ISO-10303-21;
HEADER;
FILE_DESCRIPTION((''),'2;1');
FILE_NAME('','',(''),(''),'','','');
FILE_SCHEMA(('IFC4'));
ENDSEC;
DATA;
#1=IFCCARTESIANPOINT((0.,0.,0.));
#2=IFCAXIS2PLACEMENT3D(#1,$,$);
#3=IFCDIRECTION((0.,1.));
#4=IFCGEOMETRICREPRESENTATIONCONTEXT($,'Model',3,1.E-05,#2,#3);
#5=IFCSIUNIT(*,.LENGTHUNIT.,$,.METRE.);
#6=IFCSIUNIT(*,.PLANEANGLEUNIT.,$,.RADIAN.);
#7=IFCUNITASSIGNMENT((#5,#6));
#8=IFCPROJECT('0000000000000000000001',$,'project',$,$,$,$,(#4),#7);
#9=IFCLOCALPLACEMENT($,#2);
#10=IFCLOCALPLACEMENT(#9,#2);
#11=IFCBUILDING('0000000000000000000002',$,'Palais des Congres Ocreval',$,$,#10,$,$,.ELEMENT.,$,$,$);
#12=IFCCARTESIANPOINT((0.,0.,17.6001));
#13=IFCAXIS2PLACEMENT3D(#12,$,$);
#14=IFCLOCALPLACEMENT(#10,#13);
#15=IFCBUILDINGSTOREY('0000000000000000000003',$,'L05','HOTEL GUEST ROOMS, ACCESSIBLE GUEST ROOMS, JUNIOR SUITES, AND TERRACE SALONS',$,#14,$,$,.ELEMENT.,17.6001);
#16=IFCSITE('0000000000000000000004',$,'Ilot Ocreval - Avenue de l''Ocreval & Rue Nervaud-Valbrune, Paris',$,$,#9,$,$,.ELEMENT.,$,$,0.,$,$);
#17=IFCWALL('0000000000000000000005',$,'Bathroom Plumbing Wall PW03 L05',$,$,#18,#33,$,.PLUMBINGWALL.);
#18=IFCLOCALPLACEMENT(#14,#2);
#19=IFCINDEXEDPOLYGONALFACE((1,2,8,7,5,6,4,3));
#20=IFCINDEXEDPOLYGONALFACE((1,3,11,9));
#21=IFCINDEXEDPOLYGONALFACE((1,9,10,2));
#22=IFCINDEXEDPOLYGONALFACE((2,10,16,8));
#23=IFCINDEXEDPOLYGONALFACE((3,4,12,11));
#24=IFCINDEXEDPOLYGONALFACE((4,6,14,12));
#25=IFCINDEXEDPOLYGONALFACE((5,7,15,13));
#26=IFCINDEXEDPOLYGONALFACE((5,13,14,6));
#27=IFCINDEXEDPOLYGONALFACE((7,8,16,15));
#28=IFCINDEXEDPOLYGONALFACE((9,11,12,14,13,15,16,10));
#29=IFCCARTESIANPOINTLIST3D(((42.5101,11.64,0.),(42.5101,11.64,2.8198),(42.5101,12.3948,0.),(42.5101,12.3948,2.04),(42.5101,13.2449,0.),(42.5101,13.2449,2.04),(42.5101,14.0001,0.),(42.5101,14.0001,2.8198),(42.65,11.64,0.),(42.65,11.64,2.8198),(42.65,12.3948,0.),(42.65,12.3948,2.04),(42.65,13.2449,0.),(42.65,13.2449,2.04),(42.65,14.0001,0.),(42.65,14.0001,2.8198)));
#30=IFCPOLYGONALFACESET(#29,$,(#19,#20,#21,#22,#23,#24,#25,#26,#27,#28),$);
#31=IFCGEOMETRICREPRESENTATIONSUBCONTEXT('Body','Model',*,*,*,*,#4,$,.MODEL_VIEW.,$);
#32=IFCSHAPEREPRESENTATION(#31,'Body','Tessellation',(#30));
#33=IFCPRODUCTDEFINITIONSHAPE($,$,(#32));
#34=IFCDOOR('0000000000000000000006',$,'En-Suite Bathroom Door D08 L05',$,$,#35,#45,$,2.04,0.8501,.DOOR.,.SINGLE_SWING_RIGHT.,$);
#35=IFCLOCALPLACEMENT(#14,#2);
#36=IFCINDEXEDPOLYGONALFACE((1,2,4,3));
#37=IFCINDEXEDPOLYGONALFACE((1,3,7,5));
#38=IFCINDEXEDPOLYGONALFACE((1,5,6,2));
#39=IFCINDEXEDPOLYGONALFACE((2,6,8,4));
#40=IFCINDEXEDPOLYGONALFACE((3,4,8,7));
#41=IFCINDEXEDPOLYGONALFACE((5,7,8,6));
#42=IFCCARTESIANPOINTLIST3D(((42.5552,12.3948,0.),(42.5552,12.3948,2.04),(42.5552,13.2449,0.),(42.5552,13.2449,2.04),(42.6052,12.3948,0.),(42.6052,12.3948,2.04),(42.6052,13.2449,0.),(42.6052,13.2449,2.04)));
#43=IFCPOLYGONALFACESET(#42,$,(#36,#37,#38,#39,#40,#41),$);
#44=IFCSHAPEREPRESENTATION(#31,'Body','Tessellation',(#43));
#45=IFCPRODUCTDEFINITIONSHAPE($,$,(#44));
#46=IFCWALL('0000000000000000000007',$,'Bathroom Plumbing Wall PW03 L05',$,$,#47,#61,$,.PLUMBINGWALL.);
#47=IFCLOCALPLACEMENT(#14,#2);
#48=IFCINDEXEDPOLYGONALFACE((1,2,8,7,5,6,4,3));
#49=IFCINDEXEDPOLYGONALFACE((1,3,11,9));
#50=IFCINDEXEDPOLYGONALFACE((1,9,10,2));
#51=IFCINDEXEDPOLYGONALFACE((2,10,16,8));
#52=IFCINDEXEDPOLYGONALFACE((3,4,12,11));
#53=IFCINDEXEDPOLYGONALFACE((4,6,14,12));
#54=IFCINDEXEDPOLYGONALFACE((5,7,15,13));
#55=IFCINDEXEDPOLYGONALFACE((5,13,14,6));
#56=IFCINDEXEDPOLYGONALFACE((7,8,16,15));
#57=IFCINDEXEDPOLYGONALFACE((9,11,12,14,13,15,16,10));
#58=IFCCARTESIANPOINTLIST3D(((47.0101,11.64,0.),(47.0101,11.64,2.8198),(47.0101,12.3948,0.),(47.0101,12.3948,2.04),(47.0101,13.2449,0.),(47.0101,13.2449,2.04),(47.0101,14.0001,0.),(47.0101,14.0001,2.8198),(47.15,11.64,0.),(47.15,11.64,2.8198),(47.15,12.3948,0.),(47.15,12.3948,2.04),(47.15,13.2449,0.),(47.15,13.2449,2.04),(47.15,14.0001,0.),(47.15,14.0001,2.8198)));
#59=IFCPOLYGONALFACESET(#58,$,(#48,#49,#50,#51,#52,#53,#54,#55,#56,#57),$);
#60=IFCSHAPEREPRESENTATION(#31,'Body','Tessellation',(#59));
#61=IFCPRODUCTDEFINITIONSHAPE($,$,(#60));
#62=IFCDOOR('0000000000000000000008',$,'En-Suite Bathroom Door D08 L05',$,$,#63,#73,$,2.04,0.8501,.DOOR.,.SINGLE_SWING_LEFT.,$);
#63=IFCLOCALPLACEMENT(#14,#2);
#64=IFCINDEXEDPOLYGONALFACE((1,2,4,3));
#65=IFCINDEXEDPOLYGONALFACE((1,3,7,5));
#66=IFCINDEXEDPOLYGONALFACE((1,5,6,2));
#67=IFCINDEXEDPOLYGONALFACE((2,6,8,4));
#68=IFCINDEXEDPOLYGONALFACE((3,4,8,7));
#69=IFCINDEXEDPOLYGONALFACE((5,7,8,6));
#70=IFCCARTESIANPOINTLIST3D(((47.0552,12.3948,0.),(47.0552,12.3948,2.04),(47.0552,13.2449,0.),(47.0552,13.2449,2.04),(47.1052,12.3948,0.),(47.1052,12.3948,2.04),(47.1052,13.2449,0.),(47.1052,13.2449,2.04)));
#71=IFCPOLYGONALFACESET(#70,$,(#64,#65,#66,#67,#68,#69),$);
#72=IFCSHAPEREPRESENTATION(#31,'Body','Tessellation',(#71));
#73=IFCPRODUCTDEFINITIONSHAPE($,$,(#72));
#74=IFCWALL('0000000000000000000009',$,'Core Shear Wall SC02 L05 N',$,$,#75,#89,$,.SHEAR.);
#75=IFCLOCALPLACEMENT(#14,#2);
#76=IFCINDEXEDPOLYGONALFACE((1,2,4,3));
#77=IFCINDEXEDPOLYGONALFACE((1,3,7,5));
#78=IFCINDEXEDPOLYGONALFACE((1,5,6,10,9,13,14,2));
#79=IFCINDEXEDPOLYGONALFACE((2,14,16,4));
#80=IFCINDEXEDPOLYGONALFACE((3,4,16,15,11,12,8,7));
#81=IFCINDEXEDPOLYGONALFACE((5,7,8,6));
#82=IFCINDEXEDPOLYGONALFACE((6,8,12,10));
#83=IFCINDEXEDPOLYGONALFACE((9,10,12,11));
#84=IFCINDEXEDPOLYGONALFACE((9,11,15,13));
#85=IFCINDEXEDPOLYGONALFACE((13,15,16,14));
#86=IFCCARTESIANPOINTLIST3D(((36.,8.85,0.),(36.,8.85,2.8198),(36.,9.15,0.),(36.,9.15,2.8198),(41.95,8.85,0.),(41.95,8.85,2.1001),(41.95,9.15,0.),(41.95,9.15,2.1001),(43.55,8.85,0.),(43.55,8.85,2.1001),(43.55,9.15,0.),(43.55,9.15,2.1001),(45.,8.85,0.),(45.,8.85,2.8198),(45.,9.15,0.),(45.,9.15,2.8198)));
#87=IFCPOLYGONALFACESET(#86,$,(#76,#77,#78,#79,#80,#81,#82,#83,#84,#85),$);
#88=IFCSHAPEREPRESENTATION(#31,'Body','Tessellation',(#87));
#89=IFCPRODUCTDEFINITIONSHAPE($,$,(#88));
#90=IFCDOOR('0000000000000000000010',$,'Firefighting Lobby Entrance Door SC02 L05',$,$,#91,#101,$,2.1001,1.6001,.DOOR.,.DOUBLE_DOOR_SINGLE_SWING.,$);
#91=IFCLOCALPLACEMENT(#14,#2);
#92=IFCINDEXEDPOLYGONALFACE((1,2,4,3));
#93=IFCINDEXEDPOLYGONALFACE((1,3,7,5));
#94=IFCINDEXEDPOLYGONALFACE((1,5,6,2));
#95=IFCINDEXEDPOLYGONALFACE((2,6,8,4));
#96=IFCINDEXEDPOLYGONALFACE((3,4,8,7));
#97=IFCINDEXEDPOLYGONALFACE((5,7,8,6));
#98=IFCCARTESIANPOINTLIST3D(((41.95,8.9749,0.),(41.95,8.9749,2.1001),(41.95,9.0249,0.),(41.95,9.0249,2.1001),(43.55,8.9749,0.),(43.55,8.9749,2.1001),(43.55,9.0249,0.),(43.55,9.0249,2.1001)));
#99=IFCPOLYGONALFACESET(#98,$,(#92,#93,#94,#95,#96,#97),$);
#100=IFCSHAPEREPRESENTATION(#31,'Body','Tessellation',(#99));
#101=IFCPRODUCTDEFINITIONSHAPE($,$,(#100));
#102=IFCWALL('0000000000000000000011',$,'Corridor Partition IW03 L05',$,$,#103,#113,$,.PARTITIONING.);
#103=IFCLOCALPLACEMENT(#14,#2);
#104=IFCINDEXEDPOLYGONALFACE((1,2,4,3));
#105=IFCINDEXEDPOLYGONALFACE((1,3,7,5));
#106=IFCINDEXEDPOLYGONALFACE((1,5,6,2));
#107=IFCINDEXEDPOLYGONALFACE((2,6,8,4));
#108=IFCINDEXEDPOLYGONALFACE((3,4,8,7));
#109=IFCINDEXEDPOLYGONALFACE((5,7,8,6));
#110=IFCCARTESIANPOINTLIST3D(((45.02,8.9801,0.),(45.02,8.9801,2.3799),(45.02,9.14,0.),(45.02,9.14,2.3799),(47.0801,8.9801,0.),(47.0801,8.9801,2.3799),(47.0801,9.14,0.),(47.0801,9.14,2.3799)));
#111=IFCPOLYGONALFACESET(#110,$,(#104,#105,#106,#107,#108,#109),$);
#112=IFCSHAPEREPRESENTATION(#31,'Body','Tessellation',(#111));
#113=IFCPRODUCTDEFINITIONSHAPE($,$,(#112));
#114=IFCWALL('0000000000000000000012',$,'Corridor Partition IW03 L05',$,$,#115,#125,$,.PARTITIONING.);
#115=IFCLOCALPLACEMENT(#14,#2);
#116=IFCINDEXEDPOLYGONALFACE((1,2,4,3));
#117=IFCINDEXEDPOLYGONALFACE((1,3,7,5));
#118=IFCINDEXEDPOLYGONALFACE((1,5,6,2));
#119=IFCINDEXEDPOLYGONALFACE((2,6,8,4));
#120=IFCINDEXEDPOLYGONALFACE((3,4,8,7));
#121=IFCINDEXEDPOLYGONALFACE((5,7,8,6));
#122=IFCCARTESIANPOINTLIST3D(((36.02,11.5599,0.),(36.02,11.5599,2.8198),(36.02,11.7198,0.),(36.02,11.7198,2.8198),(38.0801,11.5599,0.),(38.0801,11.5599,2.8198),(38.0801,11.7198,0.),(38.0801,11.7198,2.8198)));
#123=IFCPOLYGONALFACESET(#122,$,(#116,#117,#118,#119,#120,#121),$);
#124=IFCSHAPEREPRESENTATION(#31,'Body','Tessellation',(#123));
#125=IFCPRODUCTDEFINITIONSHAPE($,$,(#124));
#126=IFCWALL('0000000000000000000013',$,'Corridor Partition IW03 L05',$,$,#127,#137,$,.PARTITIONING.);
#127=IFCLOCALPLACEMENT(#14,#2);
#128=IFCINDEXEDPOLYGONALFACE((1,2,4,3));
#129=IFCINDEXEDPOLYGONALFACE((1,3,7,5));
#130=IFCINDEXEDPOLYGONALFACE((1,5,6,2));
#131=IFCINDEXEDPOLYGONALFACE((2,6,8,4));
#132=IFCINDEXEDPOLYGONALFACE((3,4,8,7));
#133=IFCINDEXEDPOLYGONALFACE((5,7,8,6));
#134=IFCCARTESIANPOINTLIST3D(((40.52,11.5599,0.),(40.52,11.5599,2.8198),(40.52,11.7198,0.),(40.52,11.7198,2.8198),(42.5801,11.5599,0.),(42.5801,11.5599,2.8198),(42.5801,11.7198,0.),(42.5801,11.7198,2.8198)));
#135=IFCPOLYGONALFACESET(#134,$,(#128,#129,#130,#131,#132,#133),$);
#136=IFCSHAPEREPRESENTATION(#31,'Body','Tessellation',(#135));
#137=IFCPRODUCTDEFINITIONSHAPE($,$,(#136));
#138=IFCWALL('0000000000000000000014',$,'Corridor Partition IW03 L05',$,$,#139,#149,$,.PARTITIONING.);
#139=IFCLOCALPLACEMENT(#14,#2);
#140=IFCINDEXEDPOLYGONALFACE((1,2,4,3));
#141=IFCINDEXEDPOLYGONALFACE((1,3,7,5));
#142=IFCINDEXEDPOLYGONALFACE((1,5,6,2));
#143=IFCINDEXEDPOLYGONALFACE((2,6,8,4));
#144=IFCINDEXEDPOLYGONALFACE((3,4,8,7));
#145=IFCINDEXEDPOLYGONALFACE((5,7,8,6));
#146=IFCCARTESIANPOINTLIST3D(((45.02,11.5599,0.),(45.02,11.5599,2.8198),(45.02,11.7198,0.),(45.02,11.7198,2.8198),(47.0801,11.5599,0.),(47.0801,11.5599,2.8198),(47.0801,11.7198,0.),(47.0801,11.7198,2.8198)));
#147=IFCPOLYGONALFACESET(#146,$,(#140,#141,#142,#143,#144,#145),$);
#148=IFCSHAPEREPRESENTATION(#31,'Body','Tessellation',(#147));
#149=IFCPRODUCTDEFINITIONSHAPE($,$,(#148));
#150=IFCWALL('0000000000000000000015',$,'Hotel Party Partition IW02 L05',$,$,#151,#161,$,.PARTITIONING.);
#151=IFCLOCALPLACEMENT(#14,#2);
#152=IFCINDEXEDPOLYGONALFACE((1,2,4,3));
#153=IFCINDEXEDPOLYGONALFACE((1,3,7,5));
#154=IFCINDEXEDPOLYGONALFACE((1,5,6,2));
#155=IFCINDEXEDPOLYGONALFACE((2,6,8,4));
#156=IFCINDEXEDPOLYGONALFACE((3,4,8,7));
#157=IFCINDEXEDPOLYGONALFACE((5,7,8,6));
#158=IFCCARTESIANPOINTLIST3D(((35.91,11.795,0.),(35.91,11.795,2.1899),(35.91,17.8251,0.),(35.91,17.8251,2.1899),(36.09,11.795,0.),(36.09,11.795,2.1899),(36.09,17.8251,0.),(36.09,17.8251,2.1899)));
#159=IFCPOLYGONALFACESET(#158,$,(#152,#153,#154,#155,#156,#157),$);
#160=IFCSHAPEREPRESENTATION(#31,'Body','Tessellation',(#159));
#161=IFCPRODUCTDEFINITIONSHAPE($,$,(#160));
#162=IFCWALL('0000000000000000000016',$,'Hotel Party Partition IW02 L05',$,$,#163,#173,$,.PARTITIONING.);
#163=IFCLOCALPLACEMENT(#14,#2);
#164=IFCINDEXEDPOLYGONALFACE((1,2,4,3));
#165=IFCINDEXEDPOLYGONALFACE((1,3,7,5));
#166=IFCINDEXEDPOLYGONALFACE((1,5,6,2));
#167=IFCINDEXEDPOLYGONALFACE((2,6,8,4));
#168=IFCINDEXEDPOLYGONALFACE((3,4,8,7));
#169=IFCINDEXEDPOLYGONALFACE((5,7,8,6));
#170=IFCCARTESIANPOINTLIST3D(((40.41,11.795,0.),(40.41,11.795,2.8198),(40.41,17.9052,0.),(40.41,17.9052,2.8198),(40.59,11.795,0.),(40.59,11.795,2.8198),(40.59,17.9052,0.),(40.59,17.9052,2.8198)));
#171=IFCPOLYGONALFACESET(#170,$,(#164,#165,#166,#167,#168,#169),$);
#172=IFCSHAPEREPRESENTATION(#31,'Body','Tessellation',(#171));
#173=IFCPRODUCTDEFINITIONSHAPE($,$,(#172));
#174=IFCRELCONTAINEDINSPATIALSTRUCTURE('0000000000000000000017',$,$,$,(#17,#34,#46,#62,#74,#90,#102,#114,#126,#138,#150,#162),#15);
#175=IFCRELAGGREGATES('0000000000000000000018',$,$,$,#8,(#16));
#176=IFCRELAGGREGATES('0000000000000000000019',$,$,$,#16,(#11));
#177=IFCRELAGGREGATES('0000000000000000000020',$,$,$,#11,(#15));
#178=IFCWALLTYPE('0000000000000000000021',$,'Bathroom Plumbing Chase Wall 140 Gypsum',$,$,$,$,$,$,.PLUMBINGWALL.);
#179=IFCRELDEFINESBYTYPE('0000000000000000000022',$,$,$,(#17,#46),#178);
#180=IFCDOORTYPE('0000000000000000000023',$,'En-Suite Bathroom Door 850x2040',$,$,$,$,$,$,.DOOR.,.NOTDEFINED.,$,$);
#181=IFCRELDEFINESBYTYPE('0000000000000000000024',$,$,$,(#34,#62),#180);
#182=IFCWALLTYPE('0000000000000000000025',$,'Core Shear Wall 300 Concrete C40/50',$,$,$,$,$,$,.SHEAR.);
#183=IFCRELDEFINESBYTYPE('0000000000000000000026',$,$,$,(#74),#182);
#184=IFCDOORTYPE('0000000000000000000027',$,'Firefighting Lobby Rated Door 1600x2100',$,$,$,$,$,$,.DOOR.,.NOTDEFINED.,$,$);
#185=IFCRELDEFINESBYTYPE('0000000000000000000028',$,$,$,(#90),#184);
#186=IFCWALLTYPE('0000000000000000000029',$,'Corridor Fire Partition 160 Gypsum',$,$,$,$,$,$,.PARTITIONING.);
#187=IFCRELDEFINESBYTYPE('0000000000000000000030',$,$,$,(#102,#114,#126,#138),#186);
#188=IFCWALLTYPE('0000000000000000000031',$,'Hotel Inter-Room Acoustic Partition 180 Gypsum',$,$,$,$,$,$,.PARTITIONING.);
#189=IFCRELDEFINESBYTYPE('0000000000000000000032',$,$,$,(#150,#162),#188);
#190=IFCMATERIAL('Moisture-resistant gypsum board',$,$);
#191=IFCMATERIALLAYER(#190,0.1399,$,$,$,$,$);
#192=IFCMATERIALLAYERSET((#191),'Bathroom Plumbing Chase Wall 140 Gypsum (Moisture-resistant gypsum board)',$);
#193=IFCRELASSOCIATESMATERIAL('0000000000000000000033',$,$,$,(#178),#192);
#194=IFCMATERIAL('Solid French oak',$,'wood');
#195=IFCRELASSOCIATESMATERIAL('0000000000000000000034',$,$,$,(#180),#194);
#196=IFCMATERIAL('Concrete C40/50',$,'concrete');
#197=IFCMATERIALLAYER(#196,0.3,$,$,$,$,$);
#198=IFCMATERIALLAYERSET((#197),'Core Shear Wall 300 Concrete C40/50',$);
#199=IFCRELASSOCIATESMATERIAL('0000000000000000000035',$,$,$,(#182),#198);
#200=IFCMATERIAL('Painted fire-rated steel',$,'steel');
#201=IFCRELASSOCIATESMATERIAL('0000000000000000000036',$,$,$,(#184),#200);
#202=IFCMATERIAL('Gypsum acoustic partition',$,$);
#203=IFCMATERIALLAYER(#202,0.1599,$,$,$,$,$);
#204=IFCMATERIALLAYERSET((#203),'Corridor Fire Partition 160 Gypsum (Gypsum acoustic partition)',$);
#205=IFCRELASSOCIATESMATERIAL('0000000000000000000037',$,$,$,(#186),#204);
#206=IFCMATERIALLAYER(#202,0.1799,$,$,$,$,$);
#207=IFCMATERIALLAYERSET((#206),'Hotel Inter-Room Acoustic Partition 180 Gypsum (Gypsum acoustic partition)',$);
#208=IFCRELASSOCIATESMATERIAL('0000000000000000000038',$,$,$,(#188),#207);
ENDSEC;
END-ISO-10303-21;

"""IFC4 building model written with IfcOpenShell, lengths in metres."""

from ifc_helpers import new_model, si_unit, direction, frame, frame_2d, origin, place, context, subcontext, project, spatial, rectangle, extrude, material, layer, layer_set, type_object, element, fill, save


model = new_model("IFC4")

# Units and contexts
model_context = context("Model", 3, precision=1e-05, world=origin(), true_north=direction((0.0, 1.0)))
body_context = subcontext(model_context, "Body", "Model", "MODEL_VIEW")
ifc_project = project(units=[si_unit("LENGTHUNIT", "METRE"), si_unit("PLANEANGLEUNIT", "RADIAN")], contexts=[model_context])

# Site, building, storey
site_placement = place(None, origin())
site = spatial("IfcSite", under=ifc_project, at=site_placement, Name="Ilot Ocreval - Avenue de l'Ocreval & Rue Nervaud-Valbrune, Paris", CompositionType="ELEMENT", RefElevation=0.0)
building_placement = place(site_placement, origin())
building = spatial("IfcBuilding", under=site, at=building_placement, Name="Palais des Congres Ocreval", CompositionType="ELEMENT")
storey_placement = place(building_placement, frame((0.0, 0.0, 17.6001)))
storey = spatial("IfcBuildingStorey", under=building, at=storey_placement, Name="L05", Description="HOTEL GUEST ROOMS, ACCESSIBLE GUEST ROOMS, JUNIOR SUITES, AND TERRACE SALONS", CompositionType="ELEMENT", Elevation=17.6001)

# Shared definitions
ifc_material_1 = material(Name="Concrete C40/50", Category="concrete")

# Walls, openings, doors
ifc_material_2 = material(Name="Moisture-resistant gypsum board")
ifc_layer_1 = layer(ifc_material_2, 0.1399)
ifc_layer_set_1 = layer_set([ifc_layer_1], Name="Bathroom Plumbing Chase Wall 140 Gypsum (Moisture-resistant gypsum board)")
wall_type_1 = type_object("IfcWallType", Name="Bathroom Plumbing Chase Wall 140 Gypsum", PredefinedType="PLUMBINGWALL", material=ifc_layer_set_1)
ifc_material_3 = material(Name="Solid French oak", Category="wood")
door_type_1 = type_object("IfcDoorType", Name="En-Suite Bathroom Door 850x2040", OperationType="NOTDEFINED", PredefinedType="DOOR", material=ifc_material_3)
wall_1_placement = place(storey_placement, frame((42.5801, 11.6399, 0.0), z_axis=(0.0, 0.0, 1.0), x_axis=(0.0, 1.0, 0.0)))
wall_1 = element("IfcWall", 1, at=wall_1_placement, inside=storey, type_object=wall_type_1, Name="Bathroom Plumbing Wall PW03 L05", PredefinedType="PLUMBINGWALL", context=body_context, shape_type="SweptSolid", body=[
    extrude(rectangle(XDim=2.3601, YDim=0.1399, at=frame_2d((1.1802, 0.0))), origin(), (0.0, 0.0, 1.0), 2.8198),
])
opening_1_placement = place(wall_1_placement, frame((0.7549, 0.0, 0.0)))
opening_1 = element("IfcOpeningElement", 2, at=opening_1_placement, cuts=wall_1, PredefinedType="OPENING", context=body_context, shape_type="SweptSolid", body=[
    extrude(rectangle(XDim=0.8501, YDim=2.04, at=frame_2d((0.425, 1.02))), frame((0.0, 0.0798, 0.0), z_axis=(0.0, -1.0, 0.0), x_axis=(1.0, 0.0, 0.0)), (0.0, 0.0, 1.0), 0.1599),
])
door_1_placement = place(opening_1_placement, origin())
door_1 = element("IfcDoor", 3, at=door_1_placement, inside=storey, type_object=door_type_1, Name="En-Suite Bathroom Door D08 L05", OperationType="SINGLE_SWING_RIGHT", OverallHeight=2.04, OverallWidth=0.8501, PredefinedType="DOOR", context=body_context, shape_type="SweptSolid", body=[
    extrude(rectangle(XDim=0.8501, YDim=2.04, at=frame_2d((0.425, 1.02))), frame((0.0, 0.0249, 0.0), z_axis=(0.0, -1.0, 0.0), x_axis=(1.0, 0.0, 0.0)), (0.0, 0.0, 1.0), 0.05),
])
fill(opening_1, door_1)
wall_2_placement = place(storey_placement, frame((47.0801, 11.6399, 0.0), z_axis=(0.0, 0.0, 1.0), x_axis=(0.0, 1.0, 0.0)))
wall_2 = element("IfcWall", 4, at=wall_2_placement, inside=storey, type_object=wall_type_1, Name="Bathroom Plumbing Wall PW03 L05", PredefinedType="PLUMBINGWALL", context=body_context, shape_type="SweptSolid", body=[
    extrude(rectangle(XDim=2.3601, YDim=0.1399, at=frame_2d((1.1802, 0.0))), origin(), (0.0, 0.0, 1.0), 2.8198),
])
opening_2_placement = place(wall_2_placement, frame((0.7549, 0.0, 0.0)))
opening_2 = element("IfcOpeningElement", 5, at=opening_2_placement, cuts=wall_2, PredefinedType="OPENING", context=body_context, shape_type="SweptSolid", body=[
    extrude(rectangle(XDim=0.8501, YDim=2.04, at=frame_2d((0.425, 1.02))), frame((0.0, 0.0798, 0.0), z_axis=(0.0, -1.0, 0.0), x_axis=(1.0, 0.0, 0.0)), (0.0, 0.0, 1.0), 0.1599),
])
door_2_placement = place(opening_2_placement, origin())
door_2 = element("IfcDoor", 6, at=door_2_placement, inside=storey, type_object=door_type_1, Name="En-Suite Bathroom Door D08 L05", OperationType="SINGLE_SWING_LEFT", OverallHeight=2.04, OverallWidth=0.8501, PredefinedType="DOOR", context=body_context, shape_type="SweptSolid", body=[
    extrude(rectangle(XDim=0.8501, YDim=2.04, at=frame_2d((0.425, 1.02))), frame((0.0, 0.0249, 0.0), z_axis=(0.0, -1.0, 0.0), x_axis=(1.0, 0.0, 0.0)), (0.0, 0.0, 1.0), 0.05),
])
fill(opening_2, door_2)
ifc_layer_2 = layer(ifc_material_1, 0.3)
ifc_layer_set_2 = layer_set([ifc_layer_2], Name="Core Shear Wall 300 Concrete C40/50")
wall_type_2 = type_object("IfcWallType", Name="Core Shear Wall 300 Concrete C40/50", PredefinedType="SHEAR", material=ifc_layer_set_2)
wall_3_placement = place(storey_placement, frame((36.0, 9.0, 0.0), z_axis=(0.0, 0.0, 1.0), x_axis=(1.0, 0.0, 0.0)))
wall_3 = element("IfcWall", 7, at=wall_3_placement, inside=storey, type_object=wall_type_2, Name="Core Shear Wall SC02 L05 N", PredefinedType="SHEAR", context=body_context, shape_type="SweptSolid", body=[
    extrude(rectangle(XDim=9.0, YDim=0.3, at=frame_2d((4.5, 0.0))), origin(), (0.0, 0.0, 1.0), 2.8198),
])
opening_3_placement = place(wall_3_placement, frame((5.95, 0.0, 0.0)))
opening_3 = element("IfcOpeningElement", 8, at=opening_3_placement, cuts=wall_3, PredefinedType="OPENING", context=body_context, shape_type="SweptSolid", body=[
    extrude(rectangle(XDim=1.6001, YDim=2.1001, at=frame_2d((0.8, 1.05))), frame((0.0, 0.1599, 0.0), z_axis=(0.0, -1.0, 0.0), x_axis=(1.0, 0.0, 0.0)), (0.0, 0.0, 1.0), 0.3201),
])
ifc_material_4 = material(Name="Painted fire-rated steel", Category="steel")
door_type_2 = type_object("IfcDoorType", Name="Firefighting Lobby Rated Door 1600x2100", OperationType="NOTDEFINED", PredefinedType="DOOR", material=ifc_material_4)
door_3_placement = place(opening_3_placement, origin())
door_3 = element("IfcDoor", 9, at=door_3_placement, inside=storey, type_object=door_type_2, Name="Firefighting Lobby Entrance Door SC02 L05", OperationType="DOUBLE_DOOR_SINGLE_SWING", OverallHeight=2.1001, OverallWidth=1.6001, PredefinedType="DOOR", context=body_context, shape_type="SweptSolid", body=[
    extrude(rectangle(XDim=1.6001, YDim=2.1001, at=frame_2d((0.8, 1.05))), frame((0.0, 0.0249, 0.0), z_axis=(0.0, -1.0, 0.0), x_axis=(1.0, 0.0, 0.0)), (0.0, 0.0, 1.0), 0.05),
])
fill(opening_3, door_3)

# Walls
ifc_material_5 = material(Name="Gypsum acoustic partition")
ifc_layer_3 = layer(ifc_material_5, 0.1599)
ifc_layer_set_3 = layer_set([ifc_layer_3], Name="Corridor Fire Partition 160 Gypsum (Gypsum acoustic partition)")
wall_type_3 = type_object("IfcWallType", Name="Corridor Fire Partition 160 Gypsum", PredefinedType="PARTITIONING", material=ifc_layer_set_3)
wall_4_placement = place(storey_placement, frame((45.02, 9.0601, 0.0), z_axis=(0.0, 0.0, 1.0), x_axis=(1.0, 0.0, 0.0)))
element("IfcWall", 10, at=wall_4_placement, inside=storey, type_object=wall_type_3, Name="Corridor Partition IW03 L05", PredefinedType="PARTITIONING", context=body_context, shape_type="SweptSolid", body=[
    extrude(rectangle(XDim=2.0601, YDim=0.1599, at=frame_2d((1.03, 0.0))), origin(), (0.0, 0.0, 1.0), 2.3799),
])
for number, where, z_axis, x_axis, name in (
    (11, (36.02, 11.6399, 0.0), (0.0, 0.0, 1.0), (1.0, 0.0, 0.0), "Corridor Partition IW03 L05"),
    (12, (40.52, 11.6399, 0.0), (0.0, 0.0, 1.0), (1.0, 0.0, 0.0), "Corridor Partition IW03 L05"),
    (13, (45.02, 11.6399, 0.0), (0.0, 0.0, 1.0), (1.0, 0.0, 0.0), "Corridor Partition IW03 L05"),
):
    element("IfcWall", number, at=place(storey_placement, frame(where, z_axis=z_axis, x_axis=x_axis)), inside=storey, type_object=wall_type_3, Name=name, PredefinedType="PARTITIONING", context=body_context, shape_type="SweptSolid", body=[
        extrude(rectangle(XDim=2.0601, YDim=0.1599, at=frame_2d((1.03, 0.0))), origin(), (0.0, 0.0, 1.0), 2.8198),
    ])

# Walls
ifc_layer_4 = layer(ifc_material_5, 0.1799)
ifc_layer_set_4 = layer_set([ifc_layer_4], Name="Hotel Inter-Room Acoustic Partition 180 Gypsum (Gypsum acoustic partition)")
wall_type_4 = type_object("IfcWallType", Name="Hotel Inter-Room Acoustic Partition 180 Gypsum", PredefinedType="PARTITIONING", material=ifc_layer_set_4)
wall_5_placement = place(storey_placement, frame((36.0, 11.7949, 0.0), z_axis=(0.0, 0.0, 1.0), x_axis=(0.0, 1.0, 0.0)))
element("IfcWall", 14, at=wall_5_placement, inside=storey, type_object=wall_type_4, Name="Hotel Party Partition IW02 L05", PredefinedType="PARTITIONING", context=body_context, shape_type="SweptSolid", body=[
    extrude(rectangle(XDim=6.03, YDim=0.1799, at=frame_2d((3.0151, 0.0))), origin(), (0.0, 0.0, 1.0), 2.1899),
])
wall_6_placement = place(storey_placement, frame((40.5, 11.7949, 0.0), z_axis=(0.0, 0.0, 1.0), x_axis=(0.0, 1.0, 0.0)))
element("IfcWall", 15, at=wall_6_placement, inside=storey, type_object=wall_type_4, Name="Hotel Party Partition IW02 L05", PredefinedType="PARTITIONING", context=body_context, shape_type="SweptSolid", body=[
    extrude(rectangle(XDim=6.1101, YDim=0.1799, at=frame_2d((3.0552, 0.0))), origin(), (0.0, 0.0, 1.0), 2.8198),
])

save(model, "model.ifc")
